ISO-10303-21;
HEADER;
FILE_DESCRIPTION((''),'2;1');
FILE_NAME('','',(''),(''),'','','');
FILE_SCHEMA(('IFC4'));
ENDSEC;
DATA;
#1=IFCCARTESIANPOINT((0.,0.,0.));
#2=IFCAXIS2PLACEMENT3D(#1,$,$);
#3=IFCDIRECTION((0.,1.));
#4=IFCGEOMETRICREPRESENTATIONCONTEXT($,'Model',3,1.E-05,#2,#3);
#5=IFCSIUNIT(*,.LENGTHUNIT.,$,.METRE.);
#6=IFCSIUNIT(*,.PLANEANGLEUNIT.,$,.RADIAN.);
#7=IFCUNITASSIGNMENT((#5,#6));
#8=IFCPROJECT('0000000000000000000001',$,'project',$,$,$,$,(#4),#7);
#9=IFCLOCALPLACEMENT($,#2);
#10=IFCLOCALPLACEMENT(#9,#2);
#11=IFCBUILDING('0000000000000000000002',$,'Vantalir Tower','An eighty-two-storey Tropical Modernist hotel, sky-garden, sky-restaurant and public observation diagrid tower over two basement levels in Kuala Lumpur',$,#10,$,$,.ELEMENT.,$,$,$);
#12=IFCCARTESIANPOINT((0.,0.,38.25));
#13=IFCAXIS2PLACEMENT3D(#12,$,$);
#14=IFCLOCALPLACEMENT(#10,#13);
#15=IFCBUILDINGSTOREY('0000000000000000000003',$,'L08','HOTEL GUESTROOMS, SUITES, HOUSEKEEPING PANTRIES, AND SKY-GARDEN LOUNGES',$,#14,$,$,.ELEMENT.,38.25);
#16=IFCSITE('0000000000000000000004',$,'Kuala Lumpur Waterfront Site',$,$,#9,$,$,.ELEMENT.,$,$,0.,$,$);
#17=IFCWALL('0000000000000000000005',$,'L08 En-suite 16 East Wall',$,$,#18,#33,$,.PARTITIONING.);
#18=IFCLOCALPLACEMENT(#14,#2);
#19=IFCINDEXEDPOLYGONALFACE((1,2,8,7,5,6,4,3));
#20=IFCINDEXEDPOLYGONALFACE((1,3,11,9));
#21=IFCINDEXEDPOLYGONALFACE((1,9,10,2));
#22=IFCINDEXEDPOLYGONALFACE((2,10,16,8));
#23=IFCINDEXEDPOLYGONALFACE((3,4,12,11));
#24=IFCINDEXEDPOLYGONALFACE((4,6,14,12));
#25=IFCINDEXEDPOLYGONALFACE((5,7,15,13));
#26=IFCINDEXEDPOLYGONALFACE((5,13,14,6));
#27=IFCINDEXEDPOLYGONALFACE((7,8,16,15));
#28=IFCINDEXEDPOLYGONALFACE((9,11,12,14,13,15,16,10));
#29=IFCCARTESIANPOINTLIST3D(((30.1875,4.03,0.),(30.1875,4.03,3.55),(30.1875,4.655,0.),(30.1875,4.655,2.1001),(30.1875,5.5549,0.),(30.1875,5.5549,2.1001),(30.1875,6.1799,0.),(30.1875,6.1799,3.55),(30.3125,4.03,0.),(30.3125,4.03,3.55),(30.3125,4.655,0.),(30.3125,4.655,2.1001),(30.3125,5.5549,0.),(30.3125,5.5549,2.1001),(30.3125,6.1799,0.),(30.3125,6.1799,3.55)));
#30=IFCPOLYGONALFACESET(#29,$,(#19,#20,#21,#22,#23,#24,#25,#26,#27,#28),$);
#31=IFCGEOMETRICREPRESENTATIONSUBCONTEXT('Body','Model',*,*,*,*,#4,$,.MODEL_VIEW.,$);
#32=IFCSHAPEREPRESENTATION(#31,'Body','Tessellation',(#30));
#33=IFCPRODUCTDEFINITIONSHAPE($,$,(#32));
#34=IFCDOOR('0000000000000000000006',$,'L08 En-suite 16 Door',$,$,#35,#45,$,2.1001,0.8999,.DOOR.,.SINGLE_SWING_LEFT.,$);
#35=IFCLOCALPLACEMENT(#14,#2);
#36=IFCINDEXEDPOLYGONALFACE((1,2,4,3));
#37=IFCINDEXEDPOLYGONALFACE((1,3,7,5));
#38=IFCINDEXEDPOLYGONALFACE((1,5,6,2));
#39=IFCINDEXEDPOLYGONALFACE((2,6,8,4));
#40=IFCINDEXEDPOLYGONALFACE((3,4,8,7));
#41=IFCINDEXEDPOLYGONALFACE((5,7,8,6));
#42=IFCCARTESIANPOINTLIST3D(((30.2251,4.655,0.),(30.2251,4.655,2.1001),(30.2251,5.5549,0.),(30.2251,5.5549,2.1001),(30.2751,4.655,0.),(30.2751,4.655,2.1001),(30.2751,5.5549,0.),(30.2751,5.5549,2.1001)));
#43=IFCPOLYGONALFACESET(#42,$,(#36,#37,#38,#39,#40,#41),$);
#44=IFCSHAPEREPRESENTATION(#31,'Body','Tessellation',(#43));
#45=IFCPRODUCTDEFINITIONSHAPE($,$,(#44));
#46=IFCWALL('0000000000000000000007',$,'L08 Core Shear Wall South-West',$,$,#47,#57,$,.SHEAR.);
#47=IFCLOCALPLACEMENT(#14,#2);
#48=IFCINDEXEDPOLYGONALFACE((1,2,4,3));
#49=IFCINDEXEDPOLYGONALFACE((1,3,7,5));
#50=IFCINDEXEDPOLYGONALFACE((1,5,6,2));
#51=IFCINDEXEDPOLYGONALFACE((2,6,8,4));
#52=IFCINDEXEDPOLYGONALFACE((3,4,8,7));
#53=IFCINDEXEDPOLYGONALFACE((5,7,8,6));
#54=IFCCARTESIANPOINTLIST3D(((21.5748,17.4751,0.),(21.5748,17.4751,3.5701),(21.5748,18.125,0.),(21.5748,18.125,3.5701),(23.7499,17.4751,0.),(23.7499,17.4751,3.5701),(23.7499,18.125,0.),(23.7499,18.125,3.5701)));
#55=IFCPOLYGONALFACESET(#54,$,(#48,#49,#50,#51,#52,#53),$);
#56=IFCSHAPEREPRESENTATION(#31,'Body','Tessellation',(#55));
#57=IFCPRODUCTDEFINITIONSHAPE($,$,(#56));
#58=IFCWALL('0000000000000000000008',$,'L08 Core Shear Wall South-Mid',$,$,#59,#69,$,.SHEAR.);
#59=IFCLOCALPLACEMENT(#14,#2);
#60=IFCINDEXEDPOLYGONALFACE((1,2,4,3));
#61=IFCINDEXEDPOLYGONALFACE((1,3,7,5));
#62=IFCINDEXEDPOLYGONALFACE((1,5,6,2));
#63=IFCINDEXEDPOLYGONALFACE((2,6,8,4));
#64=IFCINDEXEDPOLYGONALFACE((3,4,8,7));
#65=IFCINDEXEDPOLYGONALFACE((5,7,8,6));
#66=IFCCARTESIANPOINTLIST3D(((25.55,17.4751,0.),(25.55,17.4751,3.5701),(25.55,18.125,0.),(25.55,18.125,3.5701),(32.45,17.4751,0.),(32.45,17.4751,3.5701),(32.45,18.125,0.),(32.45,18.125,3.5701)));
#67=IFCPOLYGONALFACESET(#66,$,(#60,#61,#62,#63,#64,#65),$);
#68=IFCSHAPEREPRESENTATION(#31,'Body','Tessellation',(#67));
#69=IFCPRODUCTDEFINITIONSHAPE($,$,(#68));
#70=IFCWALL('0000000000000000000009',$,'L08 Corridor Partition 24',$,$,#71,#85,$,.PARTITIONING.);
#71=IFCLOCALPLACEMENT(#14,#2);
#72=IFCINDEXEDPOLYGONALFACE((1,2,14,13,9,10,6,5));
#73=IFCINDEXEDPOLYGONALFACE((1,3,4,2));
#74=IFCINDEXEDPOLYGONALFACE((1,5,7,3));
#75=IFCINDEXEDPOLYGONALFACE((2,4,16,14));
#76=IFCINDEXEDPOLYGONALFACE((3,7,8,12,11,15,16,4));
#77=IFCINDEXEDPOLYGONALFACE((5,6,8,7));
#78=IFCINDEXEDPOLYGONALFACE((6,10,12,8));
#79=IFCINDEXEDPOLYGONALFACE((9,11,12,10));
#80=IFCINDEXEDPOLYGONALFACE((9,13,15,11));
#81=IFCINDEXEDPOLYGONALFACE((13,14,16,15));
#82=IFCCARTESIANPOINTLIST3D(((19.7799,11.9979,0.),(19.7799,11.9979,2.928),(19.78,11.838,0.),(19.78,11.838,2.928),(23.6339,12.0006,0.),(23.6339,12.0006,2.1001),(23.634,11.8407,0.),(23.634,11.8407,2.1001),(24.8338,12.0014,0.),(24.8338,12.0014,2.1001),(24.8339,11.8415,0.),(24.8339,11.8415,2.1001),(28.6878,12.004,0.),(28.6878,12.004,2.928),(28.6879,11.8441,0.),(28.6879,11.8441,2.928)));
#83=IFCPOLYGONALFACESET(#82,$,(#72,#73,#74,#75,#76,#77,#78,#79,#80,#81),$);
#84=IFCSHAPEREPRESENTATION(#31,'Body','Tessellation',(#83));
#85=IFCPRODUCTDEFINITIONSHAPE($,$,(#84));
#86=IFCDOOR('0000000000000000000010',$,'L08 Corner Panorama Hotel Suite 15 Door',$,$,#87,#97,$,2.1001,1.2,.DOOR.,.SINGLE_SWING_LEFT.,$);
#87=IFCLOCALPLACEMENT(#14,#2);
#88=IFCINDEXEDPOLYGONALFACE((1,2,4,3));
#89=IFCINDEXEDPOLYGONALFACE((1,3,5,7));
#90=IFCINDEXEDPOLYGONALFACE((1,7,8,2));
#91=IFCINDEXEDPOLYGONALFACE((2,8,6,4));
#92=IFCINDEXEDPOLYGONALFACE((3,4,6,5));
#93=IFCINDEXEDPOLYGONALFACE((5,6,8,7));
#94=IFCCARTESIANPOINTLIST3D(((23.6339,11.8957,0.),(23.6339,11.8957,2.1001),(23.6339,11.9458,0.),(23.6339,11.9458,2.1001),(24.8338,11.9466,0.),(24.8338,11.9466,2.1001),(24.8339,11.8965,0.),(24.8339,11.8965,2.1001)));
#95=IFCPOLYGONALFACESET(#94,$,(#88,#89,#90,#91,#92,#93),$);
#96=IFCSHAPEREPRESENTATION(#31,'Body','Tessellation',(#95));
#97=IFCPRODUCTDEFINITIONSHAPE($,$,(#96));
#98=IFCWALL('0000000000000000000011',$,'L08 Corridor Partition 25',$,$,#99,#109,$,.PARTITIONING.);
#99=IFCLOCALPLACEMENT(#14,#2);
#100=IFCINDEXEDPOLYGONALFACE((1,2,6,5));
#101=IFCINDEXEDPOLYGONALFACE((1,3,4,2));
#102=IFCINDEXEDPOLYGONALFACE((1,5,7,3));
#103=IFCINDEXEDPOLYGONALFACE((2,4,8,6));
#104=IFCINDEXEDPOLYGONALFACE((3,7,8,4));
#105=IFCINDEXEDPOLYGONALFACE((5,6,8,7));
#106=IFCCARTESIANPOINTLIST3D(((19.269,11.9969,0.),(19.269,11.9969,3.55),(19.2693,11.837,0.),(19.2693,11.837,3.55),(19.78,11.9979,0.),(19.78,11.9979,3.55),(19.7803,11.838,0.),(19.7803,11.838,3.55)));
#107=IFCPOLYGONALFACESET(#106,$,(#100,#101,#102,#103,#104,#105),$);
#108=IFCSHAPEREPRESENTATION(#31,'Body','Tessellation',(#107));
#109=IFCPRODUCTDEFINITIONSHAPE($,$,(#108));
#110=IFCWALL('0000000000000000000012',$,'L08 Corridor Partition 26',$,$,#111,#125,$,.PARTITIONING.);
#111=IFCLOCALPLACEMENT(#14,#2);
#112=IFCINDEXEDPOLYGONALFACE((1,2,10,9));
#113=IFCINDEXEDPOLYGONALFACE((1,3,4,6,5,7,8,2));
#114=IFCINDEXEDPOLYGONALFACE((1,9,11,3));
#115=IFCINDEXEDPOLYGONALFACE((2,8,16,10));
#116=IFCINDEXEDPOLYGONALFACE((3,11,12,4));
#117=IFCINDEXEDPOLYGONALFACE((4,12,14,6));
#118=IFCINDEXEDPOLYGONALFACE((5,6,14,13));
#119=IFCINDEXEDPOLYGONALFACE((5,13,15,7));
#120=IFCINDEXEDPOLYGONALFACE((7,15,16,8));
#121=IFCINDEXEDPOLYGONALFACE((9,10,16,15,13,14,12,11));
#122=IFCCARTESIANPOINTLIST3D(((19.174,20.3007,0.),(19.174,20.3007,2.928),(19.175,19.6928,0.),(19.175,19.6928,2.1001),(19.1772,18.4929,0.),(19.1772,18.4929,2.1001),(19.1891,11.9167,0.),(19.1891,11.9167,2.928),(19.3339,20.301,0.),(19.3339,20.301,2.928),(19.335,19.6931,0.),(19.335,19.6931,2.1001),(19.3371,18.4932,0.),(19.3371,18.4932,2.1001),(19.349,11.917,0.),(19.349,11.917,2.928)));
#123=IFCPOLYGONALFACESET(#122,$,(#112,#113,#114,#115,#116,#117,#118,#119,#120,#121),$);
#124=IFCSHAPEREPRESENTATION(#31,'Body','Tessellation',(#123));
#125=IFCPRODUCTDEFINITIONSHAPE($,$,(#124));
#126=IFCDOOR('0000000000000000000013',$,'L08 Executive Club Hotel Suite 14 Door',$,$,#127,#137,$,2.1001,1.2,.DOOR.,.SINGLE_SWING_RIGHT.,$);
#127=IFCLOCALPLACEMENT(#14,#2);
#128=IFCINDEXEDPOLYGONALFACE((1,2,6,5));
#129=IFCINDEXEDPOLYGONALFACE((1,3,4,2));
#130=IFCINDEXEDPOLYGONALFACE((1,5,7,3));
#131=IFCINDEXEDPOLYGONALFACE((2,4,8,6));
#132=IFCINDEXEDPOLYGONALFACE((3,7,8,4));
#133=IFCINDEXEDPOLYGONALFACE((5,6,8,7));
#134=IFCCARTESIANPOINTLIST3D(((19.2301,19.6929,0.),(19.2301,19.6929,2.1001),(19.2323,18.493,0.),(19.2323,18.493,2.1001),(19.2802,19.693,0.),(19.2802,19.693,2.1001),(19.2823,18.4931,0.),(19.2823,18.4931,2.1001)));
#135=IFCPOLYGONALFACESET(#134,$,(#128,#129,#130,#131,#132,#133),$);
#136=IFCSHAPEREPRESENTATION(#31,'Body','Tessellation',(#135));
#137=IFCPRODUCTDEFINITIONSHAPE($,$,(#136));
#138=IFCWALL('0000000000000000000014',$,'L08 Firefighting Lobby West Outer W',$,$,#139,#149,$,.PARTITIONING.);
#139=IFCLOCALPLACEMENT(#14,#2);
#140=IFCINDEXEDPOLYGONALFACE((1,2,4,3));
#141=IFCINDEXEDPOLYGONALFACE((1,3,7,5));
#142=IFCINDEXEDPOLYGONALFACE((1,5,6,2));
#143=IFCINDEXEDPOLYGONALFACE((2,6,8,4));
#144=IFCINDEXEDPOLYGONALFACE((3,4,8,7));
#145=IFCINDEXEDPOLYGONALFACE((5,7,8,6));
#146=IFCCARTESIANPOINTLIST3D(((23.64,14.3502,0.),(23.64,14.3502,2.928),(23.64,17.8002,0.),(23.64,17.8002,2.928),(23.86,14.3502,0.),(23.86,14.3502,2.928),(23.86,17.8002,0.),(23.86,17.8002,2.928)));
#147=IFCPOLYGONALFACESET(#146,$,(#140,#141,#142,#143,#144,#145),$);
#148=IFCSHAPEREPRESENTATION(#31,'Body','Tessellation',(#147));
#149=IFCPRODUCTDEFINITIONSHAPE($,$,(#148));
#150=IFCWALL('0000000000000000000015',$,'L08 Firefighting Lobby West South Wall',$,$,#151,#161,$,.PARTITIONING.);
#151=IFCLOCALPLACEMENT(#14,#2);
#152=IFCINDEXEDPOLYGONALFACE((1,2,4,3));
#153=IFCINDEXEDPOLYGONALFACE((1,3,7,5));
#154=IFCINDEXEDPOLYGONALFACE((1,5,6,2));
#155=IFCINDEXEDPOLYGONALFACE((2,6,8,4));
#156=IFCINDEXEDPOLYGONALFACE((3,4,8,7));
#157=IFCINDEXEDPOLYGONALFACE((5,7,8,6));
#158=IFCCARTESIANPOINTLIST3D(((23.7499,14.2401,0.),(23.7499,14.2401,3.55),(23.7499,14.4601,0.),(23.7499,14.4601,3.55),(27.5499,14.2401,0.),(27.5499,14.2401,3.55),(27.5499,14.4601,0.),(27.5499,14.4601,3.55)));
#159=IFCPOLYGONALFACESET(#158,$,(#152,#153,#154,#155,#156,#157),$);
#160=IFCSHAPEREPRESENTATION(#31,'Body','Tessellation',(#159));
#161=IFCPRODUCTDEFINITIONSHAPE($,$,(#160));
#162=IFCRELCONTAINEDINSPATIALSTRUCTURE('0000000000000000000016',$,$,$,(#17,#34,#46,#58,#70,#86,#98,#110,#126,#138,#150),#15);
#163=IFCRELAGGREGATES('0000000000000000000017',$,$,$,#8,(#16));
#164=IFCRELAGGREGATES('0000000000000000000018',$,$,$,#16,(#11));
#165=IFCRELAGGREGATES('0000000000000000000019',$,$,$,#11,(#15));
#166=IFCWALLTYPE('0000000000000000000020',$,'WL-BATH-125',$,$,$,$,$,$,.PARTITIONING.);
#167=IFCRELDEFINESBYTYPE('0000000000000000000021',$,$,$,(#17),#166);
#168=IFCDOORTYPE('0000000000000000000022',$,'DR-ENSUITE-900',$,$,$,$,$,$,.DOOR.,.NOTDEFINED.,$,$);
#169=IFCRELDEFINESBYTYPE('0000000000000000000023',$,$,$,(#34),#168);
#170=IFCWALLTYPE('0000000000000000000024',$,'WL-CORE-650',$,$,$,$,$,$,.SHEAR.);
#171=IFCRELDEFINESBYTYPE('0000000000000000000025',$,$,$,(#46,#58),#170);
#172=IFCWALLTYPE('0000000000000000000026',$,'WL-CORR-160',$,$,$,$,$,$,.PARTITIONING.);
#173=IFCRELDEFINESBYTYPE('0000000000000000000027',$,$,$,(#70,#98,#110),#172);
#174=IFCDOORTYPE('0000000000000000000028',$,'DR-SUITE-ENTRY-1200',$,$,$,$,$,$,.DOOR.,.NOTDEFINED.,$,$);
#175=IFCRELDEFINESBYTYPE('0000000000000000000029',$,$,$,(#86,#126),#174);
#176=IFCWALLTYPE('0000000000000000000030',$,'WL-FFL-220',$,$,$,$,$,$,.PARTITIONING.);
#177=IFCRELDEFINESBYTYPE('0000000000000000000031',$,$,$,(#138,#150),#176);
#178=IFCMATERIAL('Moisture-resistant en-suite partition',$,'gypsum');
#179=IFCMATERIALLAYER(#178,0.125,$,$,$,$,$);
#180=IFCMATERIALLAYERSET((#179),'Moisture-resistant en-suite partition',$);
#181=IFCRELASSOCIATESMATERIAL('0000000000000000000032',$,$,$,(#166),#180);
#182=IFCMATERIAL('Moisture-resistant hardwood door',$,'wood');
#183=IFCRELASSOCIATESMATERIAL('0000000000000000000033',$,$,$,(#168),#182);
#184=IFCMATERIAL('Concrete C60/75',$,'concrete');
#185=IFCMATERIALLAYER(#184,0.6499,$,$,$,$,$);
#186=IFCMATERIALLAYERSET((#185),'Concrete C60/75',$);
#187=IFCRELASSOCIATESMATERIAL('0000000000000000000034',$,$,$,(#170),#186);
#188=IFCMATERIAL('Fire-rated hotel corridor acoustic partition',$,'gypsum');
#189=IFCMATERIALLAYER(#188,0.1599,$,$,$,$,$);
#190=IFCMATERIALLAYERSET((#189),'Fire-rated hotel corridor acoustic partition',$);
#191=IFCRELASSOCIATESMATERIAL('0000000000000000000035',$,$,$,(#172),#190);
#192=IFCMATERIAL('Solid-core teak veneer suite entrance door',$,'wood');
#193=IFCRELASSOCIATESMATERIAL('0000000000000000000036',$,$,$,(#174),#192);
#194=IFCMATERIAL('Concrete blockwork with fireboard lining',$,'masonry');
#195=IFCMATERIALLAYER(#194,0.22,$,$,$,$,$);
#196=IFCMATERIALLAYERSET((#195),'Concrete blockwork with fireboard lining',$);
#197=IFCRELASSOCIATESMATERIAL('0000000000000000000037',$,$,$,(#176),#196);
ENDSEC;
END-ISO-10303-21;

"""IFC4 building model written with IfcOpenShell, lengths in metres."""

from ifc_helpers import new_model, si_unit, direction, frame, frame_2d, origin, place, context, subcontext, project, spatial, rectangle, extrude, material, layer, layer_set, type_object, element, fill, save


model = new_model("IFC4")

# Units and contexts
model_context = context("Model", 3, precision=1e-05, world=origin(), true_north=direction((0.0, 1.0)))
body_context = subcontext(model_context, "Body", "Model", "MODEL_VIEW")
ifc_project = project(units=[si_unit("LENGTHUNIT", "METRE"), si_unit("PLANEANGLEUNIT", "RADIAN")], contexts=[model_context])

# Site, building, storey
site_placement = place(None, origin())
site = spatial("IfcSite", under=ifc_project, at=site_placement, Name="Kuala Lumpur Waterfront Site", CompositionType="ELEMENT", RefElevation=0.0)
building_placement = place(site_placement, origin())
building = spatial("IfcBuilding", under=site, at=building_placement, Name="Vantalir Tower", Description="An eighty-two-storey Tropical Modernist hotel, sky-garden, sky-restaurant and public observation diagrid tower over two basement levels in Kuala Lumpur", CompositionType="ELEMENT")
storey_placement = place(building_placement, frame((0.0, 0.0, 38.25)))
storey = spatial("IfcBuildingStorey", under=building, at=storey_placement, Name="L08", Description="HOTEL GUESTROOMS, SUITES, HOUSEKEEPING PANTRIES, AND SKY-GARDEN LOUNGES", CompositionType="ELEMENT", Elevation=38.25)

# Shared definitions
ifc_material_1 = material(Name="Concrete C60/75", Category="concrete")

# Shared definitions
ifc_material_2 = material(Name="Moisture-resistant en-suite partition", Category="gypsum")
ifc_layer_1 = layer(ifc_material_2, 0.125)
ifc_layer_set_1 = layer_set([ifc_layer_1], Name="Moisture-resistant en-suite partition")
wall_type_1 = type_object("IfcWallType", Name="WL-BATH-125", PredefinedType="PARTITIONING", material=ifc_layer_set_1)

# Shared definitions
ifc_material_3 = material(Name="Moisture-resistant hardwood door", Category="wood")
door_type_1 = type_object("IfcDoorType", Name="DR-ENSUITE-900", OperationType="NOTDEFINED", PredefinedType="DOOR", material=ifc_material_3)

# Wall, opening, door
wall_1_placement = place(storey_placement, frame((30.25, 4.03, 0.0), z_axis=(0.0, 0.0, 1.0), x_axis=(0.0, 1.0, 0.0)))
wall_1 = element("IfcWall", 1, at=wall_1_placement, inside=storey, type_object=wall_type_1, Name="L08 En-suite 16 East Wall", PredefinedType="PARTITIONING", context=body_context, shape_type="SweptSolid", body=[
    extrude(rectangle(XDim=2.1499, YDim=0.125, at=frame_2d((1.075, 0.0))), origin(), (0.0, 0.0, 1.0), 3.55),
])
opening_1_placement = place(wall_1_placement, frame((0.625, 0.0, 0.0)))
opening_1 = element("IfcOpeningElement", 2, at=opening_1_placement, cuts=wall_1, PredefinedType="OPENING", context=body_context, shape_type="SweptSolid", body=[
    extrude(rectangle(XDim=0.8999, YDim=2.1001, at=frame_2d((0.45, 1.05))), frame((0.0, 0.0725, 0.0), z_axis=(0.0, -1.0, 0.0), x_axis=(1.0, 0.0, 0.0)), (0.0, 0.0, 1.0), 0.145),
])
door_1_placement = place(opening_1_placement, origin())
door_1 = element("IfcDoor", 3, at=door_1_placement, inside=storey, type_object=door_type_1, Name="L08 En-suite 16 Door", OperationType="SINGLE_SWING_LEFT", OverallHeight=2.1001, OverallWidth=0.8999, PredefinedType="DOOR", context=body_context, shape_type="SweptSolid", body=[
    extrude(rectangle(XDim=0.8999, YDim=2.1001, at=frame_2d((0.45, 1.05))), frame((0.0, 0.0249, 0.0), z_axis=(0.0, -1.0, 0.0), x_axis=(1.0, 0.0, 0.0)), (0.0, 0.0, 1.0), 0.05),
])
fill(opening_1, door_1)

# Walls
ifc_layer_2 = layer(ifc_material_1, 0.6499)
ifc_layer_set_2 = layer_set([ifc_layer_2], Name="Concrete C60/75")
wall_type_2 = type_object("IfcWallType", Name="WL-CORE-650", PredefinedType="SHEAR", material=ifc_layer_set_2)
wall_2_placement = place(storey_placement, frame((21.575, 17.8, 0.0), z_axis=(0.0, 0.0, 1.0), x_axis=(1.0, 0.0, 0.0)))
element("IfcWall", 4, at=wall_2_placement, inside=storey, type_object=wall_type_2, Name="L08 Core Shear Wall South-West", PredefinedType="SHEAR", context=body_context, shape_type="SweptSolid", body=[
    extrude(rectangle(XDim=2.175, YDim=0.6499, at=frame_2d((1.0874, 0.0))), origin(), (0.0, 0.0, 1.0), 3.5701),
])
wall_3_placement = place(storey_placement, frame((25.55, 17.8, 0.0), z_axis=(0.0, 0.0, 1.0), x_axis=(1.0, 0.0, 0.0)))
element("IfcWall", 5, at=wall_3_placement, inside=storey, type_object=wall_type_2, Name="L08 Core Shear Wall South-Mid", PredefinedType="SHEAR", context=body_context, shape_type="SweptSolid", body=[
    extrude(rectangle(XDim=6.8999, YDim=0.6499, at=frame_2d((3.45, 0.0))), origin(), (0.0, 0.0, 1.0), 3.5701),
])

# Wall, opening, door
ifc_material_4 = material(Name="Fire-rated hotel corridor acoustic partition", Category="gypsum")
ifc_layer_3 = layer(ifc_material_4, 0.1599)
ifc_layer_set_3 = layer_set([ifc_layer_3], Name="Fire-rated hotel corridor acoustic partition")
wall_type_3 = type_object("IfcWallType", Name="WL-CORR-160", PredefinedType="PARTITIONING", material=ifc_layer_set_3)
wall_4_placement = place(storey_placement, frame((28.688, 11.9241, 0.0), z_axis=(0.0, 0.0, 1.0), x_axis=(-1.0, -0.000685, 0.0)))
wall_4 = element("IfcWall", 6, at=wall_4_placement, inside=storey, type_object=wall_type_3, Name="L08 Corridor Partition 24", PredefinedType="PARTITIONING", context=body_context, shape_type="SweptSolid", body=[
    extrude(rectangle(XDim=8.908, YDim=0.1599, at=frame_2d((4.4541, 0.0))), origin(), (0.0, 0.0, 1.0), 2.928),
])
opening_2_placement = place(wall_4_placement, frame((3.854, 0.0, 0.0)))
opening_2 = element("IfcOpeningElement", 7, at=opening_2_placement, cuts=wall_4, PredefinedType="OPENING", context=body_context, shape_type="SweptSolid", body=[
    extrude(rectangle(XDim=1.2, YDim=2.1001, at=frame_2d((0.6001, 1.05))), frame((0.0, 0.0898, 0.0), z_axis=(0.0, -1.0, 0.0), x_axis=(1.0, 0.0, 0.0)), (0.0, 0.0, 1.0), 0.1799),
])
ifc_material_5 = material(Name="Solid-core teak veneer suite entrance door", Category="wood")
door_type_2 = type_object("IfcDoorType", Name="DR-SUITE-ENTRY-1200", OperationType="NOTDEFINED", PredefinedType="DOOR", material=ifc_material_5)
door_2_placement = place(opening_2_placement, origin())
door_2 = element("IfcDoor", 8, at=door_2_placement, inside=storey, type_object=door_type_2, Name="L08 Corner Panorama Hotel Suite 15 Door", OperationType="SINGLE_SWING_LEFT", OverallHeight=2.1001, OverallWidth=1.2, PredefinedType="DOOR", context=body_context, shape_type="SweptSolid", body=[
    extrude(rectangle(XDim=1.2, YDim=2.1001, at=frame_2d((0.6001, 1.05))), frame((0.0, 0.0249, 0.0), z_axis=(0.0, -1.0, 0.0), x_axis=(1.0, 0.0, 0.0)), (0.0, 0.0, 1.0), 0.05),
])
fill(opening_2, door_2)

# Wall
wall_5_placement = place(storey_placement, frame((19.78, 11.918, 0.0), z_axis=(0.0, 0.0, 1.0), x_axis=(-0.999998, -0.001911, 0.0)))
element("IfcWall", 9, at=wall_5_placement, inside=storey, type_object=wall_type_3, Name="L08 Corridor Partition 25", PredefinedType="PARTITIONING", context=body_context, shape_type="SweptSolid", body=[
    extrude(rectangle(XDim=0.511, YDim=0.1599, at=frame_2d((0.2554, 0.0))), origin(), (0.0, 0.0, 1.0), 3.55),
])

# Wall, opening, door
wall_6_placement = place(storey_placement, frame((19.269, 11.917, 0.0), z_axis=(0.0, 0.0, 1.0), x_axis=(-0.001805, 0.999998, 0.0)))
wall_6 = element("IfcWall", 10, at=wall_6_placement, inside=storey, type_object=wall_type_3, Name="L08 Corridor Partition 26", PredefinedType="PARTITIONING", context=body_context, shape_type="SweptSolid", body=[
    extrude(rectangle(XDim=8.384, YDim=0.1599, at=frame_2d((4.1919, 0.0))), origin(), (0.0, 0.0, 1.0), 2.928),
])
opening_3_placement = place(wall_6_placement, frame((6.5759, 0.0, 0.0)))
opening_3 = element("IfcOpeningElement", 11, at=opening_3_placement, cuts=wall_6, PredefinedType="OPENING", context=body_context, shape_type="SweptSolid", body=[
    extrude(rectangle(XDim=1.2, YDim=2.1001, at=frame_2d((0.6001, 1.05))), frame((0.0, 0.0898, 0.0), z_axis=(0.0, -1.0, 0.0), x_axis=(1.0, 0.0, 0.0)), (0.0, 0.0, 1.0), 0.1799),
])
door_3_placement = place(opening_3_placement, origin())
door_3 = element("IfcDoor", 12, at=door_3_placement, inside=storey, type_object=door_type_2, Name="L08 Executive Club Hotel Suite 14 Door", OperationType="SINGLE_SWING_RIGHT", OverallHeight=2.1001, OverallWidth=1.2, PredefinedType="DOOR", context=body_context, shape_type="SweptSolid", body=[
    extrude(rectangle(XDim=1.2, YDim=2.1001, at=frame_2d((0.6001, 1.05))), frame((0.0, 0.0249, 0.0), z_axis=(0.0, -1.0, 0.0), x_axis=(1.0, 0.0, 0.0)), (0.0, 0.0, 1.0), 0.05),
])
fill(opening_3, door_3)

# Walls
ifc_material_6 = material(Name="Concrete blockwork with fireboard lining", Category="masonry")
ifc_layer_4 = layer(ifc_material_6, 0.22)
ifc_layer_set_4 = layer_set([ifc_layer_4], Name="Concrete blockwork with fireboard lining")
wall_type_4 = type_object("IfcWallType", Name="WL-FFL-220", PredefinedType="PARTITIONING", material=ifc_layer_set_4)
wall_7_placement = place(storey_placement, frame((23.75, 14.3501, 0.0), z_axis=(0.0, 0.0, 1.0), x_axis=(0.0, 1.0, 0.0)))
element("IfcWall", 13, at=wall_7_placement, inside=storey, type_object=wall_type_4, Name="L08 Firefighting Lobby West Outer W", PredefinedType="PARTITIONING", context=body_context, shape_type="SweptSolid", body=[
    extrude(rectangle(XDim=3.45, YDim=0.22, at=frame_2d((1.7251, 0.0))), origin(), (0.0, 0.0, 1.0), 2.928),
])
wall_8_placement = place(storey_placement, frame((23.75, 14.3501, 0.0), z_axis=(0.0, 0.0, 1.0), x_axis=(1.0, 0.0, 0.0)))
element("IfcWall", 14, at=wall_8_placement, inside=storey, type_object=wall_type_4, Name="L08 Firefighting Lobby West South Wall", PredefinedType="PARTITIONING", context=body_context, shape_type="SweptSolid", body=[
    extrude(rectangle(XDim=3.8, YDim=0.22, at=frame_2d((1.8999, 0.0))), origin(), (0.0, 0.0, 1.0), 3.55),
])

save(model, "model.ifc")
